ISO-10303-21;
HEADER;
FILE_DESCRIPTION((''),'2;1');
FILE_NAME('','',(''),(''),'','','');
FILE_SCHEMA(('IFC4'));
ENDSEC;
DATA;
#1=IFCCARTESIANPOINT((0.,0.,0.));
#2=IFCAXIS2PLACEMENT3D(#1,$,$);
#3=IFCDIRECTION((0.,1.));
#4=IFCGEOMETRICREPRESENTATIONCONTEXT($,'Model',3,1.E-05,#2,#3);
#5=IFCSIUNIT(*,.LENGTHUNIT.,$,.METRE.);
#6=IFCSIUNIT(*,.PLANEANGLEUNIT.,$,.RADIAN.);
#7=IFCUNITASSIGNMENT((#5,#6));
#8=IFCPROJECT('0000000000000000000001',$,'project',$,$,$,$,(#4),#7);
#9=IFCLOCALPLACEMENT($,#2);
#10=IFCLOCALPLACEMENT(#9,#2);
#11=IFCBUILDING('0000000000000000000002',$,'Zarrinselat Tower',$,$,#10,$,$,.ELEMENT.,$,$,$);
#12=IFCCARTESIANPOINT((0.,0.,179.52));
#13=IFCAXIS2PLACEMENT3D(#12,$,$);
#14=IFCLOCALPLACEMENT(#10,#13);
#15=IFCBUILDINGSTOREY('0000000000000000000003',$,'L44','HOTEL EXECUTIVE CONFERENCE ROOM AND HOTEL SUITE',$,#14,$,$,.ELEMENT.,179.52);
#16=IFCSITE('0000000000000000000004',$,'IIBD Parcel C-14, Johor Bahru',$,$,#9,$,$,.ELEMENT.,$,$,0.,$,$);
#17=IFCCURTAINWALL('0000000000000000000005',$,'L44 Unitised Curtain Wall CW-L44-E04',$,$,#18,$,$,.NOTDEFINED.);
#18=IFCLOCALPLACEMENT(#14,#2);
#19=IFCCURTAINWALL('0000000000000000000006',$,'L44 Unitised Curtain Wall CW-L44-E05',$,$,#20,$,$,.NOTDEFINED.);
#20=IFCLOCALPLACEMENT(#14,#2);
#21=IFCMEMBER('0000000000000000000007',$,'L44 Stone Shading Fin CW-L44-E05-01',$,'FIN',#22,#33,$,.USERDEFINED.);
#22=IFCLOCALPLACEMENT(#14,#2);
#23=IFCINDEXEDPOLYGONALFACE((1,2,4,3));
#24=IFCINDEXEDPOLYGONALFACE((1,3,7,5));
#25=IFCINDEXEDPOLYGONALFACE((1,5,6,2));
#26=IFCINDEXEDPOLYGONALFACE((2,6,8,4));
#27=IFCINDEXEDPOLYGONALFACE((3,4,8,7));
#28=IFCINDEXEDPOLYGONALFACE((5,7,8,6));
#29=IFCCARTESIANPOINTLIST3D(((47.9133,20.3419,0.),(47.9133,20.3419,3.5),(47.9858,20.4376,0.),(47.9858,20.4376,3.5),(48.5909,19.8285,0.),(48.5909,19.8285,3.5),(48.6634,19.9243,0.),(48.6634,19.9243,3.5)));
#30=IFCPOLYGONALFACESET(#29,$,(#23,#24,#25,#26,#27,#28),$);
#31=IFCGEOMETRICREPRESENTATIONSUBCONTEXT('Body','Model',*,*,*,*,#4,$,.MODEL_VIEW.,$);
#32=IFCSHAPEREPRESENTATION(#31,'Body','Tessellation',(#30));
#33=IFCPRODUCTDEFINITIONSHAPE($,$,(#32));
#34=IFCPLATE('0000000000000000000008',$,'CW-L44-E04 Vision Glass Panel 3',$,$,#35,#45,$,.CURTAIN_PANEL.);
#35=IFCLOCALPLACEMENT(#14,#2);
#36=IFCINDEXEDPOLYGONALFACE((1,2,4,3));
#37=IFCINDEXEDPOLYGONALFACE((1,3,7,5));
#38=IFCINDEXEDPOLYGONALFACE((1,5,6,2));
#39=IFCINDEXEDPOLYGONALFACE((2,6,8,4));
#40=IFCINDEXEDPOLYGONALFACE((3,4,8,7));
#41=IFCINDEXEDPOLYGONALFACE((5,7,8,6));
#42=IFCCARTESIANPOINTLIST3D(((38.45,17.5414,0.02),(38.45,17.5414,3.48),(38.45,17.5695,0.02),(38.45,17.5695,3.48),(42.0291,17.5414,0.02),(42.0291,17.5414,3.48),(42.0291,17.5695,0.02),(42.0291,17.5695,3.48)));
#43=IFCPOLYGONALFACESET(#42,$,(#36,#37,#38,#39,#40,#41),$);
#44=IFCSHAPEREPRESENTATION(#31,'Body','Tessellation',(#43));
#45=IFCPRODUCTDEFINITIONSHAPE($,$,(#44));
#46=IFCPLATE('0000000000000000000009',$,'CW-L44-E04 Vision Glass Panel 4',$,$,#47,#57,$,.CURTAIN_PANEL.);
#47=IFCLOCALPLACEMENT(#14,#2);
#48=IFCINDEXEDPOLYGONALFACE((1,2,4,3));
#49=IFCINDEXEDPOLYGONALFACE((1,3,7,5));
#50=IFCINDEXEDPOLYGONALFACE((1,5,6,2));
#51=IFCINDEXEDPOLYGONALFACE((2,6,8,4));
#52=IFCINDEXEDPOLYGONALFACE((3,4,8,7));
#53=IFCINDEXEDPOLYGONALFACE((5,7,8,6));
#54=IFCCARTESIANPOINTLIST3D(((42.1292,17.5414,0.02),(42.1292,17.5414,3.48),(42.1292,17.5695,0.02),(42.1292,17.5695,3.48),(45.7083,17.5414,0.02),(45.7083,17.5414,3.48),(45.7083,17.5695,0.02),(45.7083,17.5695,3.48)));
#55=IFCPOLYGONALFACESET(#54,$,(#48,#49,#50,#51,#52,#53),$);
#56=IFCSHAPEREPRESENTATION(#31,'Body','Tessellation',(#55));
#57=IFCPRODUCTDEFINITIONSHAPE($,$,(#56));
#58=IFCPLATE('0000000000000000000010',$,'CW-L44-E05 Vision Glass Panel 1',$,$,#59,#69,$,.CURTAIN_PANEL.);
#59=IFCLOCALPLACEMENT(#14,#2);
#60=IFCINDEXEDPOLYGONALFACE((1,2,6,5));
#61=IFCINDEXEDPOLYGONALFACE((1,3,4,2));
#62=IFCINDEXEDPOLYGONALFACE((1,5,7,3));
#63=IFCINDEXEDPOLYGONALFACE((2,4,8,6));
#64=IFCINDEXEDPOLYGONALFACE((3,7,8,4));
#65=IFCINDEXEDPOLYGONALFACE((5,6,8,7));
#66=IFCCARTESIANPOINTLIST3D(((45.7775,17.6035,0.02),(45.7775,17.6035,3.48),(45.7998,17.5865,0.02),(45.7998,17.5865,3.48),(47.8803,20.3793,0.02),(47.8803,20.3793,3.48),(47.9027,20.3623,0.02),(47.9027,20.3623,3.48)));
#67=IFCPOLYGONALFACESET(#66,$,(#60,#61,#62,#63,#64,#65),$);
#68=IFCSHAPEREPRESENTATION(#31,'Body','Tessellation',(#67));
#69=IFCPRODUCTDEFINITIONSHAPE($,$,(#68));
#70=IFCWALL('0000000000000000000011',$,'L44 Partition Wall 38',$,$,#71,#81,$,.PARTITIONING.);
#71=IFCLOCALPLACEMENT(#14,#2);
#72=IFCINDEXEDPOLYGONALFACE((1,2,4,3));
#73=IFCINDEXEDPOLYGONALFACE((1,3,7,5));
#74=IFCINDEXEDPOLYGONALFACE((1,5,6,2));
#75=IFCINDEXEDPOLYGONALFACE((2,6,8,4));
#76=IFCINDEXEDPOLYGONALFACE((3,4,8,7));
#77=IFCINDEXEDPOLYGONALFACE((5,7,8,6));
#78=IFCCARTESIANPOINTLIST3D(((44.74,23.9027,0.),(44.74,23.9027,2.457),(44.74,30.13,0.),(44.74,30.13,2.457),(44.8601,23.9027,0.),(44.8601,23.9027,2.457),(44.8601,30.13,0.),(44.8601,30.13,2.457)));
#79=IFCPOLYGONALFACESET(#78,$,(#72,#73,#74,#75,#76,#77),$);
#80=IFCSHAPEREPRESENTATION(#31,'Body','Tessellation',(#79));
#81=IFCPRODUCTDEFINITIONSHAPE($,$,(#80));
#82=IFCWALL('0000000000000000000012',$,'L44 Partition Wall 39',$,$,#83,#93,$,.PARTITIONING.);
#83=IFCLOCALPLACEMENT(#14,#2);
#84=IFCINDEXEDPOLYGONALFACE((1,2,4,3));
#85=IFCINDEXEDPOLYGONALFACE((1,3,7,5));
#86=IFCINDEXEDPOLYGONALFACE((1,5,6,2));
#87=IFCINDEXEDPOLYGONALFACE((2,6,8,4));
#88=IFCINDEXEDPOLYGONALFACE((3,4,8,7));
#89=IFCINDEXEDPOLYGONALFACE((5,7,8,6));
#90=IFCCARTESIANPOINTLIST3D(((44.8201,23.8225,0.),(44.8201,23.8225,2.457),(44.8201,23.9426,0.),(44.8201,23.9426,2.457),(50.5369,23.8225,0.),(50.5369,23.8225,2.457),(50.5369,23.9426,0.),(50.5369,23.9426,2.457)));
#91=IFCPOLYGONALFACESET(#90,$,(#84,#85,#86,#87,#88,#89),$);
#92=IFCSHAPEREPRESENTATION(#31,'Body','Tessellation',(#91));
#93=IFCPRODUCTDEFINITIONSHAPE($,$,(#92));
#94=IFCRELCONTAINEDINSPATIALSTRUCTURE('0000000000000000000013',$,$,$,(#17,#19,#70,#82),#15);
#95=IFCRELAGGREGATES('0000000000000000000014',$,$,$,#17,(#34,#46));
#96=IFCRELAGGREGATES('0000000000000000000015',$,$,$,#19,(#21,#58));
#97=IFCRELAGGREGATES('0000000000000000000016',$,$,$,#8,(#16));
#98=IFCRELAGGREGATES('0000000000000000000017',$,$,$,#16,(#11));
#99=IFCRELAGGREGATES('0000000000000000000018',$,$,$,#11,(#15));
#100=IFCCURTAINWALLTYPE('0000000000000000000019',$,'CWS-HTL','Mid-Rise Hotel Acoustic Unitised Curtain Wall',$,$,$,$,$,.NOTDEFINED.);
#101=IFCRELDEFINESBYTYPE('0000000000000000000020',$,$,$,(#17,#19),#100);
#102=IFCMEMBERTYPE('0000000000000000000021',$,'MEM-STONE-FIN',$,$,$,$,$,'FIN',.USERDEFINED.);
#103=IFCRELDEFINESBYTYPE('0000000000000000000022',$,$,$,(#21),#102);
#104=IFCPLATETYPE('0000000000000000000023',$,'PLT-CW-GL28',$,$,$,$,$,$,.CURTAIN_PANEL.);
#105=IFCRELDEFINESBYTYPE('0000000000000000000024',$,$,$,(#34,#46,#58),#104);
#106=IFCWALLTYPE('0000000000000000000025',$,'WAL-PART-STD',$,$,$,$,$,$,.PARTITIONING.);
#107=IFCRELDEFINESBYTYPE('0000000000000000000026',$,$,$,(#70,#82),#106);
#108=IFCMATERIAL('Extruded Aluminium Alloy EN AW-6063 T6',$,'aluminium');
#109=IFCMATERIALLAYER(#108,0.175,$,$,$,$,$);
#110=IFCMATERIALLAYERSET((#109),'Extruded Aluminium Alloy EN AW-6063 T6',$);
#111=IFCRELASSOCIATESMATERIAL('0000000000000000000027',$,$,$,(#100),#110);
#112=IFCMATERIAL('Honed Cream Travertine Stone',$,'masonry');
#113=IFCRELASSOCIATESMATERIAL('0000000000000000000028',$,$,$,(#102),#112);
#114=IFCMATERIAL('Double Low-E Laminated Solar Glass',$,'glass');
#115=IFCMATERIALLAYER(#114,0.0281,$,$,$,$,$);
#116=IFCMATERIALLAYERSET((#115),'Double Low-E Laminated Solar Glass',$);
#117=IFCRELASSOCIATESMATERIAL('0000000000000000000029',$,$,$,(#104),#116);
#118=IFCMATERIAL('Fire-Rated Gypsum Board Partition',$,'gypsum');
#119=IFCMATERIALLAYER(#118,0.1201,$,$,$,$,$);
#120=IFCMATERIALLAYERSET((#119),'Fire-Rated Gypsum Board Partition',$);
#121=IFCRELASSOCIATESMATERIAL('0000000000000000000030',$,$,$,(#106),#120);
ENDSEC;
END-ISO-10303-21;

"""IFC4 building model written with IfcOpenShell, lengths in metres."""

from ifc_helpers import new_model, si_unit, direction, frame, frame_2d, origin, origin_2d, place, context, subcontext, project, spatial, rectangle, extrude, material, layer, layer_set, material_profile, profile_set, type_object, element, aggregate, save


model = new_model("IFC4")

# Units and contexts
model_context = context("Model", 3, precision=1e-05, world=origin(), true_north=direction((0.0, 1.0)))
body_context = subcontext(model_context, "Body", "Model", "MODEL_VIEW")
ifc_project = project(units=[si_unit("LENGTHUNIT", "METRE"), si_unit("PLANEANGLEUNIT", "RADIAN")], contexts=[model_context])

# Site, building, storey
site_placement = place(None, origin())
site = spatial("IfcSite", under=ifc_project, at=site_placement, Name="IIBD Parcel C-14, Johor Bahru", CompositionType="ELEMENT", RefElevation=0.0)
building_placement = place(site_placement, origin())
building = spatial("IfcBuilding", under=site, at=building_placement, Name="Zarrinselat Tower", CompositionType="ELEMENT")
storey_placement = place(building_placement, frame((0.0, 0.0, 179.52)))
storey = spatial("IfcBuildingStorey", under=building, at=storey_placement, Name="L44", Description="HOTEL EXECUTIVE CONFERENCE ROOM AND HOTEL SUITE", CompositionType="ELEMENT", Elevation=179.52)

# Curtain walls
ifc_material_1 = material(Name="Extruded Aluminium Alloy EN AW-6063 T6", Category="aluminium")
ifc_layer_1 = layer(ifc_material_1, 0.175)
ifc_layer_set_1 = layer_set([ifc_layer_1], Name="Extruded Aluminium Alloy EN AW-6063 T6")
curtain_wall_type = type_object("IfcCurtainWallType", Name="CWS-HTL", Description="Mid-Rise Hotel Acoustic Unitised Curtain Wall", PredefinedType="NOTDEFINED", material=ifc_layer_set_1)
curtain_wall_1_placement = place(storey_placement, origin())
curtain_wall_1 = element("IfcCurtainWall", 1, at=curtain_wall_1_placement, inside=storey, type_object=curtain_wall_type, Name="L44 Unitised Curtain Wall CW-L44-E04", PredefinedType="NOTDEFINED")
curtain_wall_2_placement = place(storey_placement, origin())
curtain_wall_2 = element("IfcCurtainWall", 2, at=curtain_wall_2_placement, inside=storey, type_object=curtain_wall_type, Name="L44 Unitised Curtain Wall CW-L44-E05", PredefinedType="NOTDEFINED")

# Member
ifc_material_2 = material(Name="Honed Cream Travertine Stone", Category="masonry")
ifc_material_profile_1 = material_profile(ifc_material_2, rectangle(XDim=0.1201, YDim=0.8501, at=origin_2d()), Name="FIN 850x120")
ifc_profile_set_1 = profile_set([ifc_material_profile_1], Name="Honed Cream Travertine Stone")
member_type_1 = type_object("IfcMemberType", Name="MEM-STONE-FIN", ElementType="FIN", PredefinedType="USERDEFINED", material=ifc_profile_set_1)
member_1_placement = place(storey_placement, frame((48.2883, 20.1331, 0.0), z_axis=(0.0, 0.0, 1.0), x_axis=(-0.603859, -0.797091, 0.0)))
member_1 = element("IfcMember", 3, at=member_1_placement, type_object=member_type_1, Name="L44 Stone Shading Fin CW-L44-E05-01", ObjectType="FIN", PredefinedType="USERDEFINED", context=body_context, shape_type="SweptSolid", body=[
    extrude(rectangle(XDim=0.1201, YDim=0.8501, at=origin_2d()), origin(), (0.0, 0.0, 1.0), 3.5),
])

# Plates
ifc_material_3 = material(Name="Double Low-E Laminated Solar Glass", Category="glass")
ifc_layer_2 = layer(ifc_material_3, 0.0281)
ifc_layer_set_2 = layer_set([ifc_layer_2], Name="Double Low-E Laminated Solar Glass")
plate_type = type_object("IfcPlateType", Name="PLT-CW-GL28", PredefinedType="CURTAIN_PANEL", material=ifc_layer_set_2)
plate_1_placement = place(storey_placement, frame((40.2395, 17.5554, 0.02), z_axis=(0.0, 0.0, 1.0), x_axis=(1.0, 0.0, 0.0)))
plate_1 = element("IfcPlate", 4, at=plate_1_placement, type_object=plate_type, Name="CW-L44-E04 Vision Glass Panel 3", PredefinedType="CURTAIN_PANEL", context=body_context, shape_type="SweptSolid", body=[
    extrude(rectangle(XDim=3.5791, YDim=0.0281, at=origin_2d()), origin(), (0.0, 0.0, 1.0), 3.46),
])
plate_2_placement = place(storey_placement, frame((43.9187, 17.5554, 0.02), z_axis=(0.0, 0.0, 1.0), x_axis=(1.0, 0.0, 0.0)))
plate_2 = element("IfcPlate", 5, at=plate_2_placement, type_object=plate_type, Name="CW-L44-E04 Vision Glass Panel 4", PredefinedType="CURTAIN_PANEL", context=body_context, shape_type="SweptSolid", body=[
    extrude(rectangle(XDim=3.5791, YDim=0.0281, at=origin_2d()), origin(), (0.0, 0.0, 1.0), 3.46),
])
aggregate(curtain_wall_1, [plate_1, plate_2])
plate_3_placement = place(storey_placement, frame((46.8401, 18.9829, 0.02), z_axis=(0.0, 0.0, 1.0), x_axis=(0.603859, 0.797091, 0.0)))
plate_3 = element("IfcPlate", 6, at=plate_3_placement, type_object=plate_type, Name="CW-L44-E05 Vision Glass Panel 1", PredefinedType="CURTAIN_PANEL", context=body_context, shape_type="SweptSolid", body=[
    extrude(rectangle(XDim=3.4824, YDim=0.0281, at=origin_2d()), origin(), (0.0, 0.0, 1.0), 3.46),
])
aggregate(curtain_wall_2, [member_1, plate_3])

# Walls
ifc_material_4 = material(Name="Fire-Rated Gypsum Board Partition", Category="gypsum")
ifc_layer_3 = layer(ifc_material_4, 0.1201)
ifc_layer_set_3 = layer_set([ifc_layer_3], Name="Fire-Rated Gypsum Board Partition")
wall_type = type_object("IfcWallType", Name="WAL-PART-STD", PredefinedType="PARTITIONING", material=ifc_layer_set_3)
wall_1_placement = place(storey_placement, frame((44.8, 23.9026, 0.0), z_axis=(0.0, 0.0, 1.0), x_axis=(0.0, 1.0, 0.0)))
element("IfcWall", 7, at=wall_1_placement, inside=storey, type_object=wall_type, Name="L44 Partition Wall 38", PredefinedType="PARTITIONING", context=body_context, shape_type="SweptSolid", body=[
    extrude(rectangle(XDim=6.2273, YDim=0.1201, at=frame_2d((3.1138, 0.0))), origin(), (0.0, 0.0, 1.0), 2.457),
])
wall_2_placement = place(storey_placement, frame((44.8201, 23.8826, 0.0), z_axis=(0.0, 0.0, 1.0), x_axis=(1.0, 0.0, 0.0)))
element("IfcWall", 8, at=wall_2_placement, inside=storey, type_object=wall_type, Name="L44 Partition Wall 39", PredefinedType="PARTITIONING", context=body_context, shape_type="SweptSolid", body=[
    extrude(rectangle(XDim=5.7168, YDim=0.1201, at=frame_2d((2.8584, 0.0))), origin(), (0.0, 0.0, 1.0), 2.457),
])

save(model, "model.ifc")
